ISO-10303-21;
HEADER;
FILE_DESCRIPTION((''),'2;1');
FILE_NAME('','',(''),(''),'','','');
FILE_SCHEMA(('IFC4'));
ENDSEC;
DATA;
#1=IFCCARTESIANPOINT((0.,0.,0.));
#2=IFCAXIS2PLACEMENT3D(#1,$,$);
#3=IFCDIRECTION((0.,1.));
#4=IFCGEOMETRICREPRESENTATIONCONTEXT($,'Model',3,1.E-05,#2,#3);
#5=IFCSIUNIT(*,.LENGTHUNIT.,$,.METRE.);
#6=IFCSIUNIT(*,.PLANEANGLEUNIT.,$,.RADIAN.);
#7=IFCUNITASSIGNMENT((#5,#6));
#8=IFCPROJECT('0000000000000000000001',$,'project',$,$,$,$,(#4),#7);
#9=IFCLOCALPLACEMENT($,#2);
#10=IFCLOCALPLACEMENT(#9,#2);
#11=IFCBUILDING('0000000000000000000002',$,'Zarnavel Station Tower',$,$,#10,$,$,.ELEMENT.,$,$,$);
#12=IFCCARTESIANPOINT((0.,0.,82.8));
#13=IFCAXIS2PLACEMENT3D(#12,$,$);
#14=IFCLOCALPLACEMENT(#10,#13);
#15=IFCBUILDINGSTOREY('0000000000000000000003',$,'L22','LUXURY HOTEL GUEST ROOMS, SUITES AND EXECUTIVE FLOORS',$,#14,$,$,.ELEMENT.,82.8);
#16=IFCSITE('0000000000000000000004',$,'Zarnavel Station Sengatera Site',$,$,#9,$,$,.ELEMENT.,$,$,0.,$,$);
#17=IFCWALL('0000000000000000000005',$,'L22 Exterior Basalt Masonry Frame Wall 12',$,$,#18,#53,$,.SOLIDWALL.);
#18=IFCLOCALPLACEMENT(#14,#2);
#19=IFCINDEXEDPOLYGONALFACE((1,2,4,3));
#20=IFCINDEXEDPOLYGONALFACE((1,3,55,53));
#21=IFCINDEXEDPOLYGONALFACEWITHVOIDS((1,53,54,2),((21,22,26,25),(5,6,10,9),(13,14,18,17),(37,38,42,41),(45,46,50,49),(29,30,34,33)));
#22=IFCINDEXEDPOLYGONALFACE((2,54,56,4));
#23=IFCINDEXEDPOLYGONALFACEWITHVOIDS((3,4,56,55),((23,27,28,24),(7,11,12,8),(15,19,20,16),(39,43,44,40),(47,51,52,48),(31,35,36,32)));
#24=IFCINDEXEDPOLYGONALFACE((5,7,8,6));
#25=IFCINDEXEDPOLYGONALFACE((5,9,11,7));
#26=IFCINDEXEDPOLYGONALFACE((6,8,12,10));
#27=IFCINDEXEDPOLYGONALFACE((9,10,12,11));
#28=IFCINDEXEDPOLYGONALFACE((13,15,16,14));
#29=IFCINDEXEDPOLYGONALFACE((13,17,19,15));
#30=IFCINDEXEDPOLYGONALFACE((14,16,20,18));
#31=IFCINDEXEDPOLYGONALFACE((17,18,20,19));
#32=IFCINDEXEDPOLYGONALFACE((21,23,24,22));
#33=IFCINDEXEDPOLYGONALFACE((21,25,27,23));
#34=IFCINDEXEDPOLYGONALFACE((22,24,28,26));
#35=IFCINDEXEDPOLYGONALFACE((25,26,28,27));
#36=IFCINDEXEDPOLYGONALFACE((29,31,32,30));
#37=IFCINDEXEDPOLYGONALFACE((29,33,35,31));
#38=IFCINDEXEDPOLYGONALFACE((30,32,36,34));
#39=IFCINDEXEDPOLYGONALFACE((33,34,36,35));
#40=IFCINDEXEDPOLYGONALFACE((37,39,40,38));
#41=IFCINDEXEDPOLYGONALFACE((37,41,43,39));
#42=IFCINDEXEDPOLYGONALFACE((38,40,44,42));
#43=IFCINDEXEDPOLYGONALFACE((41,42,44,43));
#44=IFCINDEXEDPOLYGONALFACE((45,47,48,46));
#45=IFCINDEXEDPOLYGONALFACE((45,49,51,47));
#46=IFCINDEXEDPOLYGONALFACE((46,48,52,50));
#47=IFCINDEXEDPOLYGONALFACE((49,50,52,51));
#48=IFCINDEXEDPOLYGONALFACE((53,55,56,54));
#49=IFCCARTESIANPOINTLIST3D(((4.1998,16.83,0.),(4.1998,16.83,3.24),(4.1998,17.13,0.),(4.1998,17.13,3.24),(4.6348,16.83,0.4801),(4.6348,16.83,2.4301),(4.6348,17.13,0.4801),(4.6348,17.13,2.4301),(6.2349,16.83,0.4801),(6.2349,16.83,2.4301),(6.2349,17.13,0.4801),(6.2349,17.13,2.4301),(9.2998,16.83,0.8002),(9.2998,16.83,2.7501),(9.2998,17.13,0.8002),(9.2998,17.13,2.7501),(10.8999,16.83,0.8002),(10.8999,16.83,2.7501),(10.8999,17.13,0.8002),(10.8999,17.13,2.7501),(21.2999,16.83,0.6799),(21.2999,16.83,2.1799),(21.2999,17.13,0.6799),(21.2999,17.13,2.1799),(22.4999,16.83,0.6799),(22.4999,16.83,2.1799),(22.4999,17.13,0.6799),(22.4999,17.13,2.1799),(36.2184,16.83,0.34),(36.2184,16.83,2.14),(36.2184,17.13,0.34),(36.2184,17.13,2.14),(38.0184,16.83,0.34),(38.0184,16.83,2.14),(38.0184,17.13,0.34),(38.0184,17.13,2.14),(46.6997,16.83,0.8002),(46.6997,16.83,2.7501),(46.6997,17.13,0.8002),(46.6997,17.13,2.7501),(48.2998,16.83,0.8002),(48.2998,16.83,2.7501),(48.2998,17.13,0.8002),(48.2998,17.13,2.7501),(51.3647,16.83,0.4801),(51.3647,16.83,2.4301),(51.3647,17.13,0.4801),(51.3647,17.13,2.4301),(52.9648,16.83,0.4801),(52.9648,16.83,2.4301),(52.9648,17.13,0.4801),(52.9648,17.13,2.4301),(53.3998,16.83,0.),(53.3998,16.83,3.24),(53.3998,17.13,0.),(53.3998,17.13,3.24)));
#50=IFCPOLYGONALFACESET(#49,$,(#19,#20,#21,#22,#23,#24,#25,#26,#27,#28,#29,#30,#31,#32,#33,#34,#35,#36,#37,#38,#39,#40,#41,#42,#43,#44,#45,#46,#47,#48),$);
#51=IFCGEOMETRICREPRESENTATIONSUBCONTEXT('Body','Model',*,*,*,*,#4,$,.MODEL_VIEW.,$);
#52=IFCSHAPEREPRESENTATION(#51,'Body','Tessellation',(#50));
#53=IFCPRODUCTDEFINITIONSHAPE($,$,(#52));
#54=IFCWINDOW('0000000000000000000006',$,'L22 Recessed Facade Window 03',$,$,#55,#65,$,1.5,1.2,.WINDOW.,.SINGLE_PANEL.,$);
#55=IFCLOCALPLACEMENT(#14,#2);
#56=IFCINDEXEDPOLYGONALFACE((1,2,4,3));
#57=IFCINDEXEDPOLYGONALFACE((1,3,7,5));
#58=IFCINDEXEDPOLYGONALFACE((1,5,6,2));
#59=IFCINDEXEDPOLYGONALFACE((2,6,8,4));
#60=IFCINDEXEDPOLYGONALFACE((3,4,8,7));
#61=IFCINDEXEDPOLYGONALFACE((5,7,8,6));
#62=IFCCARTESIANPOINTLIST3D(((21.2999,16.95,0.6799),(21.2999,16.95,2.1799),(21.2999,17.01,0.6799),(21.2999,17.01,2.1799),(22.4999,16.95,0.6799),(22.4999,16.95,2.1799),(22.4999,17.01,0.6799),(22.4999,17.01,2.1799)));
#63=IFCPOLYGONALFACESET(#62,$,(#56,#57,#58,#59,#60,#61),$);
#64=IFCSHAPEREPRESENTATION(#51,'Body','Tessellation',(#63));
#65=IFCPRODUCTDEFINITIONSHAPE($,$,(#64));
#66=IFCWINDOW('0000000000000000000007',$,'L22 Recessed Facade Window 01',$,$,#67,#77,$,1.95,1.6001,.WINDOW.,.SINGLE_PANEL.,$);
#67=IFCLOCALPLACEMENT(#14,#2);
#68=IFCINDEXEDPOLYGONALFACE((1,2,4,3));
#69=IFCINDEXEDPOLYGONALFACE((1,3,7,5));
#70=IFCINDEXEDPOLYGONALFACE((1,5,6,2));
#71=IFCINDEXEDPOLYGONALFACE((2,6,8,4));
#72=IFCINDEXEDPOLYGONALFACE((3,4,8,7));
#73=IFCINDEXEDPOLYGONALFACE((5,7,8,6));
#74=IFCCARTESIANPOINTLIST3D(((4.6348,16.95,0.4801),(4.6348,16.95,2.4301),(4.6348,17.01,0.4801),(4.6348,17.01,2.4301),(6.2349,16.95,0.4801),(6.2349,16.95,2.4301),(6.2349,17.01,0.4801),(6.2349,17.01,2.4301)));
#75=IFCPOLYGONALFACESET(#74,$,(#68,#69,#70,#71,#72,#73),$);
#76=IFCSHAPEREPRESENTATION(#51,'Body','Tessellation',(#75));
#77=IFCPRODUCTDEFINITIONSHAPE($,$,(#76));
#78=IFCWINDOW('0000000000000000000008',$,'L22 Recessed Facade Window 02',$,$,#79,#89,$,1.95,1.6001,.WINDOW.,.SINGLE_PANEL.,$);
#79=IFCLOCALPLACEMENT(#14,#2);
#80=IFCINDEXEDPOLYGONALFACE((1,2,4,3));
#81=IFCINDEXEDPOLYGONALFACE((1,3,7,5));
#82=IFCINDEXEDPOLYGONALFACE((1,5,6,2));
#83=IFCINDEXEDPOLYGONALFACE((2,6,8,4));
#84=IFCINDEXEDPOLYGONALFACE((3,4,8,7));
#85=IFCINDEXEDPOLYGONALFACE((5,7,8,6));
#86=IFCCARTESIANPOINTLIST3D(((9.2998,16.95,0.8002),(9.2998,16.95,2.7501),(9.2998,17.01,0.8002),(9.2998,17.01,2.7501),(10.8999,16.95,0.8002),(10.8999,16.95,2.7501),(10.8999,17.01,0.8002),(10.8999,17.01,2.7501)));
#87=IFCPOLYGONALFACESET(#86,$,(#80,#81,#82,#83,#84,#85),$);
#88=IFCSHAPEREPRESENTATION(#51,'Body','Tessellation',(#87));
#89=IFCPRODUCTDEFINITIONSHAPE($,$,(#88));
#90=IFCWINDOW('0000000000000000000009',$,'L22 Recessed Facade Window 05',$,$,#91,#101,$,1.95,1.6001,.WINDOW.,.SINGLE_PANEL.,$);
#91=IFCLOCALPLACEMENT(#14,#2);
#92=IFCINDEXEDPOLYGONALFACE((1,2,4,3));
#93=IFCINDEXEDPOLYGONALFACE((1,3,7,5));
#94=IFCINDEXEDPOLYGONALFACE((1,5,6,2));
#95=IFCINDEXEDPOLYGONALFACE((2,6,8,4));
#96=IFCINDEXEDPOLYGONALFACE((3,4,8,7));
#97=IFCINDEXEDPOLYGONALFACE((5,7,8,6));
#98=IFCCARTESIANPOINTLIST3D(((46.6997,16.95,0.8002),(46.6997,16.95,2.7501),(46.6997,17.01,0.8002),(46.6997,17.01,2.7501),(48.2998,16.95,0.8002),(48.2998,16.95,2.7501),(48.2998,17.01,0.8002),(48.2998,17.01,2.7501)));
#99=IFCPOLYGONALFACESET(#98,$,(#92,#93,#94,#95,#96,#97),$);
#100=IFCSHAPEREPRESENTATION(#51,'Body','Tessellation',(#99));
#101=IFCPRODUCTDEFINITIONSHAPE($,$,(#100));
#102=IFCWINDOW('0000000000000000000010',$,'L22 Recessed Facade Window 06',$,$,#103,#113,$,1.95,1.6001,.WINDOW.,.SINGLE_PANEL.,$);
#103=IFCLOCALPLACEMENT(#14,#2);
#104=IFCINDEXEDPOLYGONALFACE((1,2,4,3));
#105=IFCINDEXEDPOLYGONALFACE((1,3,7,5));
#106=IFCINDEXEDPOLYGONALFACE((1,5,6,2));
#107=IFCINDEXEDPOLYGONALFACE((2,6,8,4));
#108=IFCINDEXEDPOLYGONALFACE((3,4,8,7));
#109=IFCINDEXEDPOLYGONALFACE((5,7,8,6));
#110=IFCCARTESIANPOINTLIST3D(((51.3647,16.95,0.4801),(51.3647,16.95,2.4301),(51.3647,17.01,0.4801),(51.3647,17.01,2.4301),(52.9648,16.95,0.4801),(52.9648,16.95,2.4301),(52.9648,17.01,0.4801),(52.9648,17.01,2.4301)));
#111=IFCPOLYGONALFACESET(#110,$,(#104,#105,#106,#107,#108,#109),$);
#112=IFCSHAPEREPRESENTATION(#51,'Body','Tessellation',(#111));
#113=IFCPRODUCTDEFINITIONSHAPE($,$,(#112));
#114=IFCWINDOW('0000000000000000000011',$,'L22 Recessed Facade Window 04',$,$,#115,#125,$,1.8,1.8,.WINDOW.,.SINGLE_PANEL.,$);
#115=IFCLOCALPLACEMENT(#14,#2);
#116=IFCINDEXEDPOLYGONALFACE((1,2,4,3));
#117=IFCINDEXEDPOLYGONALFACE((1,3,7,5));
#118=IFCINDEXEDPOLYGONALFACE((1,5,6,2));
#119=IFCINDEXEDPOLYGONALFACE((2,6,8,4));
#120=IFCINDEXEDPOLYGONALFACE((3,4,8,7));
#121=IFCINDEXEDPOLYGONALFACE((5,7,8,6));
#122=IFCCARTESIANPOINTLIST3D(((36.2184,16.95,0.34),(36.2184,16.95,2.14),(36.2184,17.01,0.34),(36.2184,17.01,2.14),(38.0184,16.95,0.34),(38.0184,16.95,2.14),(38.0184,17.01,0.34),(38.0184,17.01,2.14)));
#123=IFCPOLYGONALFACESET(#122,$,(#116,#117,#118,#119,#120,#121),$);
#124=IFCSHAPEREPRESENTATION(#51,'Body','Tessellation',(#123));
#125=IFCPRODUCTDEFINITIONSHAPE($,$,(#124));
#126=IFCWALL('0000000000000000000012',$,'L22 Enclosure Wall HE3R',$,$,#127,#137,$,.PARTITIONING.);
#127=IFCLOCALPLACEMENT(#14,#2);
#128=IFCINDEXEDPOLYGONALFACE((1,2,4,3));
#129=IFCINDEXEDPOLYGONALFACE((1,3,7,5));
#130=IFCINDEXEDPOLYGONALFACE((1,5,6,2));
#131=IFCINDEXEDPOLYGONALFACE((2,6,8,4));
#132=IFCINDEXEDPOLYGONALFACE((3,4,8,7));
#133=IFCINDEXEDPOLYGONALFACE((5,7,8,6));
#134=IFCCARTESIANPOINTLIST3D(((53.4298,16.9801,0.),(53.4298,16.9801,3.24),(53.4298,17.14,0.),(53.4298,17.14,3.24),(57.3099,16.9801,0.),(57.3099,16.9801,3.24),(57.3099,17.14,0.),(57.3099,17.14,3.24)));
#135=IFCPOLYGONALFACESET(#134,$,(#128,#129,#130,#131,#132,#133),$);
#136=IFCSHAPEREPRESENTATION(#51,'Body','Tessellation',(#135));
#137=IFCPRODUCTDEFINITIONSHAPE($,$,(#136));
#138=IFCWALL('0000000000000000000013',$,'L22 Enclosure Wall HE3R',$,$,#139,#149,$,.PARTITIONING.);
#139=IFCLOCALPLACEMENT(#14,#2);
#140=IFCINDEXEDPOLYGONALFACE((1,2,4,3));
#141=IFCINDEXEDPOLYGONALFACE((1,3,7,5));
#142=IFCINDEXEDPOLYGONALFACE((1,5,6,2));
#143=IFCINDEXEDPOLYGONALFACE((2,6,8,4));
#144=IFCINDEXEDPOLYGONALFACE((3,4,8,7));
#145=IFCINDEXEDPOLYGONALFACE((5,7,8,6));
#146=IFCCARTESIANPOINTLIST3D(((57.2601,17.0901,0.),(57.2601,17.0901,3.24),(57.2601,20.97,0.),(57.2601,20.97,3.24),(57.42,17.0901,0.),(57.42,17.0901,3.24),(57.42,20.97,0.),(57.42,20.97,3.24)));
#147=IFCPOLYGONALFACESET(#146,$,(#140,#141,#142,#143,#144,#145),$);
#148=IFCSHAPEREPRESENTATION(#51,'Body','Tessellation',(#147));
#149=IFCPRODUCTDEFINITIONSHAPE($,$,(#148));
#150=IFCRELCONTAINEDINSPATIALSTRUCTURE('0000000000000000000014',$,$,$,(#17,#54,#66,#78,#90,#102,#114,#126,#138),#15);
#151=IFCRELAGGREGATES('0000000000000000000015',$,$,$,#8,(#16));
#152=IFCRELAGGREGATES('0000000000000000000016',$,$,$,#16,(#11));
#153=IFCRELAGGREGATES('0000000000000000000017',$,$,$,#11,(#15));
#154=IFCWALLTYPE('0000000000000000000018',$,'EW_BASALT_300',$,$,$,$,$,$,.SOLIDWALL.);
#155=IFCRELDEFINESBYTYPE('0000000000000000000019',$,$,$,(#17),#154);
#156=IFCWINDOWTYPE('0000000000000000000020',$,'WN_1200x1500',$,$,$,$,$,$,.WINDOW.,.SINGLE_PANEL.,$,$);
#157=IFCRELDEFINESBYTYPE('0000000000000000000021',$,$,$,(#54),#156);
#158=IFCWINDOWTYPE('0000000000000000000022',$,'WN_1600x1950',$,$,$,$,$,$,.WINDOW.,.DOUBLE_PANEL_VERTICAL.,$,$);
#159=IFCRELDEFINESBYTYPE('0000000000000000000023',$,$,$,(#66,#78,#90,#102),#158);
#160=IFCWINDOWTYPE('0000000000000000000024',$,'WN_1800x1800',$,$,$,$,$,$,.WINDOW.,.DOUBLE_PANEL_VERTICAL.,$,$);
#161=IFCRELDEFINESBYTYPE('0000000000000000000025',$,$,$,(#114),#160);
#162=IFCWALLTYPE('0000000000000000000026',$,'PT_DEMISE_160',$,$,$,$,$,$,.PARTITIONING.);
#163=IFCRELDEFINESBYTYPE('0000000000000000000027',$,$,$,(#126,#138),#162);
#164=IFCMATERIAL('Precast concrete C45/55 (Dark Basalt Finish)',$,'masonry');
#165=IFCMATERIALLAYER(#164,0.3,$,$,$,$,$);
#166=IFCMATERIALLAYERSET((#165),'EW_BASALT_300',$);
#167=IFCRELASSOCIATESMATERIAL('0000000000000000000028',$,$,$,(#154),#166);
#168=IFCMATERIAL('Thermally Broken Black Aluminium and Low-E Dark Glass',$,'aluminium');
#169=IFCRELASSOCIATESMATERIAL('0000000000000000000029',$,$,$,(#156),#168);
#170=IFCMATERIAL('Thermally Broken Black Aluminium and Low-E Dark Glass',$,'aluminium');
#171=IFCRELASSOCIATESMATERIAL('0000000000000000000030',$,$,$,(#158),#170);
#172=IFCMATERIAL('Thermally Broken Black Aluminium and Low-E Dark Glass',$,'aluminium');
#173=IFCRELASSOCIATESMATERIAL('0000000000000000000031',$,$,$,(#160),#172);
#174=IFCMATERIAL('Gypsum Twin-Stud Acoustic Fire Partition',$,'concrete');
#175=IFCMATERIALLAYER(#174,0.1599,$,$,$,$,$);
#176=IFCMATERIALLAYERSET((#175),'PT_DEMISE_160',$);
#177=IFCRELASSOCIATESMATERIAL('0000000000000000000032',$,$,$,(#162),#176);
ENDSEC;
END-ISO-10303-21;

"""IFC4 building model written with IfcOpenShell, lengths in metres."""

from ifc_helpers import new_model, si_unit, direction, frame, frame_2d, origin, place, context, subcontext, project, spatial, rectangle, extrude, material, layer, layer_set, type_object, element, fill, save


model = new_model("IFC4")

# Units and contexts
model_context = context("Model", 3, precision=1e-05, world=origin(), true_north=direction((0.0, 1.0)))
body_context = subcontext(model_context, "Body", "Model", "MODEL_VIEW")
ifc_project = project(units=[si_unit("LENGTHUNIT", "METRE"), si_unit("PLANEANGLEUNIT", "RADIAN")], contexts=[model_context])

# Site, building, storey
site_placement = place(None, origin())
site = spatial("IfcSite", under=ifc_project, at=site_placement, Name="Zarnavel Station Sengatera Site", CompositionType="ELEMENT", RefElevation=0.0)
building_placement = place(site_placement, origin())
building = spatial("IfcBuilding", under=site, at=building_placement, Name="Zarnavel Station Tower", CompositionType="ELEMENT")
storey_placement = place(building_placement, frame((0.0, 0.0, 82.8)))
storey = spatial("IfcBuildingStorey", under=building, at=storey_placement, Name="L22", Description="LUXURY HOTEL GUEST ROOMS, SUITES AND EXECUTIVE FLOORS", CompositionType="ELEMENT", Elevation=82.8)

# Shared definitions
ifc_material_1 = material(Name="Precast concrete C45/55 (Dark Basalt Finish)", Category="masonry")
ifc_layer_1 = layer(ifc_material_1, 0.3)
ifc_layer_set_1 = layer_set([ifc_layer_1], Name="EW_BASALT_300")
wall_type_1 = type_object("IfcWallType", Name="EW_BASALT_300", PredefinedType="SOLIDWALL", material=ifc_layer_set_1)

# Wall, openings, windows
wall_1_placement = place(storey_placement, frame((53.3999, 16.98, 0.0), z_axis=(0.0, 0.0, 1.0), x_axis=(-1.0, 0.0, 0.0)))
wall_1 = element("IfcWall", 1, at=wall_1_placement, inside=storey, type_object=wall_type_1, Name="L22 Exterior Basalt Masonry Frame Wall 12", PredefinedType="SOLIDWALL", context=body_context, shape_type="SweptSolid", body=[
    extrude(rectangle(XDim=49.2, YDim=0.3, at=frame_2d((24.6001, 0.0))), origin(), (0.0, 0.0, 1.0), 3.24),
])
opening_1_placement = place(wall_1_placement, frame((47.165, 0.0, 0.48)))
opening_1 = element("IfcOpeningElement", 2, at=opening_1_placement, cuts=wall_1, PredefinedType="OPENING", context=body_context, shape_type="SweptSolid", body=[
    extrude(rectangle(XDim=1.6001, YDim=1.95, at=frame_2d((0.8, 0.9751))), frame((0.0, 0.1599, 0.0), z_axis=(0.0, -1.0, 0.0), x_axis=(1.0, 0.0, 0.0)), (0.0, 0.0, 1.0), 0.3201),
])
opening_2_placement = place(wall_1_placement, frame((42.5, 0.0, 0.8)))
opening_2 = element("IfcOpeningElement", 3, at=opening_2_placement, cuts=wall_1, PredefinedType="OPENING", context=body_context, shape_type="SweptSolid", body=[
    extrude(rectangle(XDim=1.6001, YDim=1.95, at=frame_2d((0.8, 0.9751))), frame((0.0, 0.1599, 0.0), z_axis=(0.0, -1.0, 0.0), x_axis=(1.0, 0.0, 0.0)), (0.0, 0.0, 1.0), 0.3201),
])
opening_3_placement = place(wall_1_placement, frame((30.8999, 0.0, 0.6799)))
opening_3 = element("IfcOpeningElement", 4, at=opening_3_placement, cuts=wall_1, PredefinedType="OPENING", context=body_context, shape_type="SweptSolid", body=[
    extrude(rectangle(XDim=1.2, YDim=1.5, at=frame_2d((0.6001, 0.75))), frame((0.0, 0.1599, 0.0), z_axis=(0.0, -1.0, 0.0), x_axis=(1.0, 0.0, 0.0)), (0.0, 0.0, 1.0), 0.3201),
])
opening_4_placement = place(wall_1_placement, frame((15.3816, 0.0, 0.3401)))
opening_4 = element("IfcOpeningElement", 5, at=opening_4_placement, cuts=wall_1, PredefinedType="OPENING", context=body_context, shape_type="SweptSolid", body=[
    extrude(rectangle(XDim=1.8, YDim=1.8, at=frame_2d((0.8999, 0.8999))), frame((0.0, 0.1599, 0.0), z_axis=(0.0, -1.0, 0.0), x_axis=(1.0, 0.0, 0.0)), (0.0, 0.0, 1.0), 0.3201),
])
opening_5_placement = place(wall_1_placement, frame((5.1001, 0.0, 0.8)))
opening_5 = element("IfcOpeningElement", 6, at=opening_5_placement, cuts=wall_1, PredefinedType="OPENING", context=body_context, shape_type="SweptSolid", body=[
    extrude(rectangle(XDim=1.6001, YDim=1.95, at=frame_2d((0.8, 0.9751))), frame((0.0, 0.1599, 0.0), z_axis=(0.0, -1.0, 0.0), x_axis=(1.0, 0.0, 0.0)), (0.0, 0.0, 1.0), 0.3201),
])
opening_6_placement = place(wall_1_placement, frame((0.4351, 0.0, 0.48)))
opening_6 = element("IfcOpeningElement", 7, at=opening_6_placement, cuts=wall_1, PredefinedType="OPENING", context=body_context, shape_type="SweptSolid", body=[
    extrude(rectangle(XDim=1.6001, YDim=1.95, at=frame_2d((0.8, 0.9751))), frame((0.0, 0.1599, 0.0), z_axis=(0.0, -1.0, 0.0), x_axis=(1.0, 0.0, 0.0)), (0.0, 0.0, 1.0), 0.3201),
])
ifc_material_2 = material(Name="Thermally Broken Black Aluminium and Low-E Dark Glass", Category="aluminium")
window_type_1 = type_object("IfcWindowType", Name="WN_1200x1500", PartitioningType="SINGLE_PANEL", PredefinedType="WINDOW", material=ifc_material_2)
window_1_placement = place(opening_3_placement, origin())
window_1 = element("IfcWindow", 8, at=window_1_placement, inside=storey, type_object=window_type_1, Name="L22 Recessed Facade Window 03", OverallHeight=1.5, OverallWidth=1.2, PartitioningType="SINGLE_PANEL", PredefinedType="WINDOW", context=body_context, shape_type="SweptSolid", body=[
    extrude(rectangle(XDim=1.2, YDim=1.5, at=frame_2d((0.6001, 0.75))), frame((0.0, 0.03, 0.0), z_axis=(0.0, -1.0, 0.0), x_axis=(1.0, 0.0, 0.0)), (0.0, 0.0, 1.0), 0.0601),
])
fill(opening_3, window_1)
ifc_material_3 = material(Name="Thermally Broken Black Aluminium and Low-E Dark Glass", Category="aluminium")
window_type_2 = type_object("IfcWindowType", Name="WN_1600x1950", PartitioningType="DOUBLE_PANEL_VERTICAL", PredefinedType="WINDOW", material=ifc_material_3)
window_2_placement = place(opening_1_placement, origin())
window_2 = element("IfcWindow", 9, at=window_2_placement, inside=storey, type_object=window_type_2, Name="L22 Recessed Facade Window 01", OverallHeight=1.95, OverallWidth=1.6001, PartitioningType="SINGLE_PANEL", PredefinedType="WINDOW", context=body_context, shape_type="SweptSolid", body=[
    extrude(rectangle(XDim=1.6001, YDim=1.95, at=frame_2d((0.8, 0.9751))), frame((0.0, 0.03, 0.0), z_axis=(0.0, -1.0, 0.0), x_axis=(1.0, 0.0, 0.0)), (0.0, 0.0, 1.0), 0.0601),
])
fill(opening_1, window_2)
window_3_placement = place(opening_2_placement, origin())
window_3 = element("IfcWindow", 10, at=window_3_placement, inside=storey, type_object=window_type_2, Name="L22 Recessed Facade Window 02", OverallHeight=1.95, OverallWidth=1.6001, PartitioningType="SINGLE_PANEL", PredefinedType="WINDOW", context=body_context, shape_type="SweptSolid", body=[
    extrude(rectangle(XDim=1.6001, YDim=1.95, at=frame_2d((0.8, 0.9751))), frame((0.0, 0.03, 0.0), z_axis=(0.0, -1.0, 0.0), x_axis=(1.0, 0.0, 0.0)), (0.0, 0.0, 1.0), 0.0601),
])
fill(opening_2, window_3)
window_4_placement = place(opening_5_placement, origin())
window_4 = element("IfcWindow", 11, at=window_4_placement, inside=storey, type_object=window_type_2, Name="L22 Recessed Facade Window 05", OverallHeight=1.95, OverallWidth=1.6001, PartitioningType="SINGLE_PANEL", PredefinedType="WINDOW", context=body_context, shape_type="SweptSolid", body=[
    extrude(rectangle(XDim=1.6001, YDim=1.95, at=frame_2d((0.8, 0.9751))), frame((0.0, 0.03, 0.0), z_axis=(0.0, -1.0, 0.0), x_axis=(1.0, 0.0, 0.0)), (0.0, 0.0, 1.0), 0.0601),
])
fill(opening_5, window_4)
window_5_placement = place(opening_6_placement, origin())
window_5 = element("IfcWindow", 12, at=window_5_placement, inside=storey, type_object=window_type_2, Name="L22 Recessed Facade Window 06", OverallHeight=1.95, OverallWidth=1.6001, PartitioningType="SINGLE_PANEL", PredefinedType="WINDOW", context=body_context, shape_type="SweptSolid", body=[
    extrude(rectangle(XDim=1.6001, YDim=1.95, at=frame_2d((0.8, 0.9751))), frame((0.0, 0.03, 0.0), z_axis=(0.0, -1.0, 0.0), x_axis=(1.0, 0.0, 0.0)), (0.0, 0.0, 1.0), 0.0601),
])
fill(opening_6, window_5)
ifc_material_4 = material(Name="Thermally Broken Black Aluminium and Low-E Dark Glass", Category="aluminium")
window_type_3 = type_object("IfcWindowType", Name="WN_1800x1800", PartitioningType="DOUBLE_PANEL_VERTICAL", PredefinedType="WINDOW", material=ifc_material_4)
window_6_placement = place(opening_4_placement, origin())
window_6 = element("IfcWindow", 13, at=window_6_placement, inside=storey, type_object=window_type_3, Name="L22 Recessed Facade Window 04", OverallHeight=1.8, OverallWidth=1.8, PartitioningType="SINGLE_PANEL", PredefinedType="WINDOW", context=body_context, shape_type="SweptSolid", body=[
    extrude(rectangle(XDim=1.8, YDim=1.8, at=frame_2d((0.8999, 0.8999))), frame((0.0, 0.03, 0.0), z_axis=(0.0, -1.0, 0.0), x_axis=(1.0, 0.0, 0.0)), (0.0, 0.0, 1.0), 0.0601),
])
fill(opening_4, window_6)

# Shared definitions
ifc_material_5 = material(Name="Gypsum Twin-Stud Acoustic Fire Partition", Category="concrete")
ifc_layer_2 = layer(ifc_material_5, 0.1599)
ifc_layer_set_2 = layer_set([ifc_layer_2], Name="PT_DEMISE_160")
wall_type_2 = type_object("IfcWallType", Name="PT_DEMISE_160", PredefinedType="PARTITIONING", material=ifc_layer_set_2)

# Walls
wall_2_placement = place(storey_placement, frame((53.4299, 17.0601, 0.0), z_axis=(0.0, 0.0, 1.0), x_axis=(1.0, 0.0, 0.0)))
element("IfcWall", 14, at=wall_2_placement, inside=storey, type_object=wall_type_2, Name="L22 Enclosure Wall HE3R", PredefinedType="PARTITIONING", context=body_context, shape_type="SweptSolid", body=[
    extrude(rectangle(XDim=3.8801, YDim=0.1599, at=frame_2d((1.9399, 0.0))), origin(), (0.0, 0.0, 1.0), 3.24),
])
wall_3_placement = place(storey_placement, frame((57.3401, 17.0901, 0.0), z_axis=(0.0, 0.0, 1.0), x_axis=(0.0, 1.0, 0.0)))
element("IfcWall", 15, at=wall_3_placement, inside=storey, type_object=wall_type_2, Name="L22 Enclosure Wall HE3R", PredefinedType="PARTITIONING", context=body_context, shape_type="SweptSolid", body=[
    extrude(rectangle(XDim=3.8799, YDim=0.1599, at=frame_2d((1.9399, 0.0))), origin(), (0.0, 0.0, 1.0), 3.24),
])

save(model, "model.ifc")
